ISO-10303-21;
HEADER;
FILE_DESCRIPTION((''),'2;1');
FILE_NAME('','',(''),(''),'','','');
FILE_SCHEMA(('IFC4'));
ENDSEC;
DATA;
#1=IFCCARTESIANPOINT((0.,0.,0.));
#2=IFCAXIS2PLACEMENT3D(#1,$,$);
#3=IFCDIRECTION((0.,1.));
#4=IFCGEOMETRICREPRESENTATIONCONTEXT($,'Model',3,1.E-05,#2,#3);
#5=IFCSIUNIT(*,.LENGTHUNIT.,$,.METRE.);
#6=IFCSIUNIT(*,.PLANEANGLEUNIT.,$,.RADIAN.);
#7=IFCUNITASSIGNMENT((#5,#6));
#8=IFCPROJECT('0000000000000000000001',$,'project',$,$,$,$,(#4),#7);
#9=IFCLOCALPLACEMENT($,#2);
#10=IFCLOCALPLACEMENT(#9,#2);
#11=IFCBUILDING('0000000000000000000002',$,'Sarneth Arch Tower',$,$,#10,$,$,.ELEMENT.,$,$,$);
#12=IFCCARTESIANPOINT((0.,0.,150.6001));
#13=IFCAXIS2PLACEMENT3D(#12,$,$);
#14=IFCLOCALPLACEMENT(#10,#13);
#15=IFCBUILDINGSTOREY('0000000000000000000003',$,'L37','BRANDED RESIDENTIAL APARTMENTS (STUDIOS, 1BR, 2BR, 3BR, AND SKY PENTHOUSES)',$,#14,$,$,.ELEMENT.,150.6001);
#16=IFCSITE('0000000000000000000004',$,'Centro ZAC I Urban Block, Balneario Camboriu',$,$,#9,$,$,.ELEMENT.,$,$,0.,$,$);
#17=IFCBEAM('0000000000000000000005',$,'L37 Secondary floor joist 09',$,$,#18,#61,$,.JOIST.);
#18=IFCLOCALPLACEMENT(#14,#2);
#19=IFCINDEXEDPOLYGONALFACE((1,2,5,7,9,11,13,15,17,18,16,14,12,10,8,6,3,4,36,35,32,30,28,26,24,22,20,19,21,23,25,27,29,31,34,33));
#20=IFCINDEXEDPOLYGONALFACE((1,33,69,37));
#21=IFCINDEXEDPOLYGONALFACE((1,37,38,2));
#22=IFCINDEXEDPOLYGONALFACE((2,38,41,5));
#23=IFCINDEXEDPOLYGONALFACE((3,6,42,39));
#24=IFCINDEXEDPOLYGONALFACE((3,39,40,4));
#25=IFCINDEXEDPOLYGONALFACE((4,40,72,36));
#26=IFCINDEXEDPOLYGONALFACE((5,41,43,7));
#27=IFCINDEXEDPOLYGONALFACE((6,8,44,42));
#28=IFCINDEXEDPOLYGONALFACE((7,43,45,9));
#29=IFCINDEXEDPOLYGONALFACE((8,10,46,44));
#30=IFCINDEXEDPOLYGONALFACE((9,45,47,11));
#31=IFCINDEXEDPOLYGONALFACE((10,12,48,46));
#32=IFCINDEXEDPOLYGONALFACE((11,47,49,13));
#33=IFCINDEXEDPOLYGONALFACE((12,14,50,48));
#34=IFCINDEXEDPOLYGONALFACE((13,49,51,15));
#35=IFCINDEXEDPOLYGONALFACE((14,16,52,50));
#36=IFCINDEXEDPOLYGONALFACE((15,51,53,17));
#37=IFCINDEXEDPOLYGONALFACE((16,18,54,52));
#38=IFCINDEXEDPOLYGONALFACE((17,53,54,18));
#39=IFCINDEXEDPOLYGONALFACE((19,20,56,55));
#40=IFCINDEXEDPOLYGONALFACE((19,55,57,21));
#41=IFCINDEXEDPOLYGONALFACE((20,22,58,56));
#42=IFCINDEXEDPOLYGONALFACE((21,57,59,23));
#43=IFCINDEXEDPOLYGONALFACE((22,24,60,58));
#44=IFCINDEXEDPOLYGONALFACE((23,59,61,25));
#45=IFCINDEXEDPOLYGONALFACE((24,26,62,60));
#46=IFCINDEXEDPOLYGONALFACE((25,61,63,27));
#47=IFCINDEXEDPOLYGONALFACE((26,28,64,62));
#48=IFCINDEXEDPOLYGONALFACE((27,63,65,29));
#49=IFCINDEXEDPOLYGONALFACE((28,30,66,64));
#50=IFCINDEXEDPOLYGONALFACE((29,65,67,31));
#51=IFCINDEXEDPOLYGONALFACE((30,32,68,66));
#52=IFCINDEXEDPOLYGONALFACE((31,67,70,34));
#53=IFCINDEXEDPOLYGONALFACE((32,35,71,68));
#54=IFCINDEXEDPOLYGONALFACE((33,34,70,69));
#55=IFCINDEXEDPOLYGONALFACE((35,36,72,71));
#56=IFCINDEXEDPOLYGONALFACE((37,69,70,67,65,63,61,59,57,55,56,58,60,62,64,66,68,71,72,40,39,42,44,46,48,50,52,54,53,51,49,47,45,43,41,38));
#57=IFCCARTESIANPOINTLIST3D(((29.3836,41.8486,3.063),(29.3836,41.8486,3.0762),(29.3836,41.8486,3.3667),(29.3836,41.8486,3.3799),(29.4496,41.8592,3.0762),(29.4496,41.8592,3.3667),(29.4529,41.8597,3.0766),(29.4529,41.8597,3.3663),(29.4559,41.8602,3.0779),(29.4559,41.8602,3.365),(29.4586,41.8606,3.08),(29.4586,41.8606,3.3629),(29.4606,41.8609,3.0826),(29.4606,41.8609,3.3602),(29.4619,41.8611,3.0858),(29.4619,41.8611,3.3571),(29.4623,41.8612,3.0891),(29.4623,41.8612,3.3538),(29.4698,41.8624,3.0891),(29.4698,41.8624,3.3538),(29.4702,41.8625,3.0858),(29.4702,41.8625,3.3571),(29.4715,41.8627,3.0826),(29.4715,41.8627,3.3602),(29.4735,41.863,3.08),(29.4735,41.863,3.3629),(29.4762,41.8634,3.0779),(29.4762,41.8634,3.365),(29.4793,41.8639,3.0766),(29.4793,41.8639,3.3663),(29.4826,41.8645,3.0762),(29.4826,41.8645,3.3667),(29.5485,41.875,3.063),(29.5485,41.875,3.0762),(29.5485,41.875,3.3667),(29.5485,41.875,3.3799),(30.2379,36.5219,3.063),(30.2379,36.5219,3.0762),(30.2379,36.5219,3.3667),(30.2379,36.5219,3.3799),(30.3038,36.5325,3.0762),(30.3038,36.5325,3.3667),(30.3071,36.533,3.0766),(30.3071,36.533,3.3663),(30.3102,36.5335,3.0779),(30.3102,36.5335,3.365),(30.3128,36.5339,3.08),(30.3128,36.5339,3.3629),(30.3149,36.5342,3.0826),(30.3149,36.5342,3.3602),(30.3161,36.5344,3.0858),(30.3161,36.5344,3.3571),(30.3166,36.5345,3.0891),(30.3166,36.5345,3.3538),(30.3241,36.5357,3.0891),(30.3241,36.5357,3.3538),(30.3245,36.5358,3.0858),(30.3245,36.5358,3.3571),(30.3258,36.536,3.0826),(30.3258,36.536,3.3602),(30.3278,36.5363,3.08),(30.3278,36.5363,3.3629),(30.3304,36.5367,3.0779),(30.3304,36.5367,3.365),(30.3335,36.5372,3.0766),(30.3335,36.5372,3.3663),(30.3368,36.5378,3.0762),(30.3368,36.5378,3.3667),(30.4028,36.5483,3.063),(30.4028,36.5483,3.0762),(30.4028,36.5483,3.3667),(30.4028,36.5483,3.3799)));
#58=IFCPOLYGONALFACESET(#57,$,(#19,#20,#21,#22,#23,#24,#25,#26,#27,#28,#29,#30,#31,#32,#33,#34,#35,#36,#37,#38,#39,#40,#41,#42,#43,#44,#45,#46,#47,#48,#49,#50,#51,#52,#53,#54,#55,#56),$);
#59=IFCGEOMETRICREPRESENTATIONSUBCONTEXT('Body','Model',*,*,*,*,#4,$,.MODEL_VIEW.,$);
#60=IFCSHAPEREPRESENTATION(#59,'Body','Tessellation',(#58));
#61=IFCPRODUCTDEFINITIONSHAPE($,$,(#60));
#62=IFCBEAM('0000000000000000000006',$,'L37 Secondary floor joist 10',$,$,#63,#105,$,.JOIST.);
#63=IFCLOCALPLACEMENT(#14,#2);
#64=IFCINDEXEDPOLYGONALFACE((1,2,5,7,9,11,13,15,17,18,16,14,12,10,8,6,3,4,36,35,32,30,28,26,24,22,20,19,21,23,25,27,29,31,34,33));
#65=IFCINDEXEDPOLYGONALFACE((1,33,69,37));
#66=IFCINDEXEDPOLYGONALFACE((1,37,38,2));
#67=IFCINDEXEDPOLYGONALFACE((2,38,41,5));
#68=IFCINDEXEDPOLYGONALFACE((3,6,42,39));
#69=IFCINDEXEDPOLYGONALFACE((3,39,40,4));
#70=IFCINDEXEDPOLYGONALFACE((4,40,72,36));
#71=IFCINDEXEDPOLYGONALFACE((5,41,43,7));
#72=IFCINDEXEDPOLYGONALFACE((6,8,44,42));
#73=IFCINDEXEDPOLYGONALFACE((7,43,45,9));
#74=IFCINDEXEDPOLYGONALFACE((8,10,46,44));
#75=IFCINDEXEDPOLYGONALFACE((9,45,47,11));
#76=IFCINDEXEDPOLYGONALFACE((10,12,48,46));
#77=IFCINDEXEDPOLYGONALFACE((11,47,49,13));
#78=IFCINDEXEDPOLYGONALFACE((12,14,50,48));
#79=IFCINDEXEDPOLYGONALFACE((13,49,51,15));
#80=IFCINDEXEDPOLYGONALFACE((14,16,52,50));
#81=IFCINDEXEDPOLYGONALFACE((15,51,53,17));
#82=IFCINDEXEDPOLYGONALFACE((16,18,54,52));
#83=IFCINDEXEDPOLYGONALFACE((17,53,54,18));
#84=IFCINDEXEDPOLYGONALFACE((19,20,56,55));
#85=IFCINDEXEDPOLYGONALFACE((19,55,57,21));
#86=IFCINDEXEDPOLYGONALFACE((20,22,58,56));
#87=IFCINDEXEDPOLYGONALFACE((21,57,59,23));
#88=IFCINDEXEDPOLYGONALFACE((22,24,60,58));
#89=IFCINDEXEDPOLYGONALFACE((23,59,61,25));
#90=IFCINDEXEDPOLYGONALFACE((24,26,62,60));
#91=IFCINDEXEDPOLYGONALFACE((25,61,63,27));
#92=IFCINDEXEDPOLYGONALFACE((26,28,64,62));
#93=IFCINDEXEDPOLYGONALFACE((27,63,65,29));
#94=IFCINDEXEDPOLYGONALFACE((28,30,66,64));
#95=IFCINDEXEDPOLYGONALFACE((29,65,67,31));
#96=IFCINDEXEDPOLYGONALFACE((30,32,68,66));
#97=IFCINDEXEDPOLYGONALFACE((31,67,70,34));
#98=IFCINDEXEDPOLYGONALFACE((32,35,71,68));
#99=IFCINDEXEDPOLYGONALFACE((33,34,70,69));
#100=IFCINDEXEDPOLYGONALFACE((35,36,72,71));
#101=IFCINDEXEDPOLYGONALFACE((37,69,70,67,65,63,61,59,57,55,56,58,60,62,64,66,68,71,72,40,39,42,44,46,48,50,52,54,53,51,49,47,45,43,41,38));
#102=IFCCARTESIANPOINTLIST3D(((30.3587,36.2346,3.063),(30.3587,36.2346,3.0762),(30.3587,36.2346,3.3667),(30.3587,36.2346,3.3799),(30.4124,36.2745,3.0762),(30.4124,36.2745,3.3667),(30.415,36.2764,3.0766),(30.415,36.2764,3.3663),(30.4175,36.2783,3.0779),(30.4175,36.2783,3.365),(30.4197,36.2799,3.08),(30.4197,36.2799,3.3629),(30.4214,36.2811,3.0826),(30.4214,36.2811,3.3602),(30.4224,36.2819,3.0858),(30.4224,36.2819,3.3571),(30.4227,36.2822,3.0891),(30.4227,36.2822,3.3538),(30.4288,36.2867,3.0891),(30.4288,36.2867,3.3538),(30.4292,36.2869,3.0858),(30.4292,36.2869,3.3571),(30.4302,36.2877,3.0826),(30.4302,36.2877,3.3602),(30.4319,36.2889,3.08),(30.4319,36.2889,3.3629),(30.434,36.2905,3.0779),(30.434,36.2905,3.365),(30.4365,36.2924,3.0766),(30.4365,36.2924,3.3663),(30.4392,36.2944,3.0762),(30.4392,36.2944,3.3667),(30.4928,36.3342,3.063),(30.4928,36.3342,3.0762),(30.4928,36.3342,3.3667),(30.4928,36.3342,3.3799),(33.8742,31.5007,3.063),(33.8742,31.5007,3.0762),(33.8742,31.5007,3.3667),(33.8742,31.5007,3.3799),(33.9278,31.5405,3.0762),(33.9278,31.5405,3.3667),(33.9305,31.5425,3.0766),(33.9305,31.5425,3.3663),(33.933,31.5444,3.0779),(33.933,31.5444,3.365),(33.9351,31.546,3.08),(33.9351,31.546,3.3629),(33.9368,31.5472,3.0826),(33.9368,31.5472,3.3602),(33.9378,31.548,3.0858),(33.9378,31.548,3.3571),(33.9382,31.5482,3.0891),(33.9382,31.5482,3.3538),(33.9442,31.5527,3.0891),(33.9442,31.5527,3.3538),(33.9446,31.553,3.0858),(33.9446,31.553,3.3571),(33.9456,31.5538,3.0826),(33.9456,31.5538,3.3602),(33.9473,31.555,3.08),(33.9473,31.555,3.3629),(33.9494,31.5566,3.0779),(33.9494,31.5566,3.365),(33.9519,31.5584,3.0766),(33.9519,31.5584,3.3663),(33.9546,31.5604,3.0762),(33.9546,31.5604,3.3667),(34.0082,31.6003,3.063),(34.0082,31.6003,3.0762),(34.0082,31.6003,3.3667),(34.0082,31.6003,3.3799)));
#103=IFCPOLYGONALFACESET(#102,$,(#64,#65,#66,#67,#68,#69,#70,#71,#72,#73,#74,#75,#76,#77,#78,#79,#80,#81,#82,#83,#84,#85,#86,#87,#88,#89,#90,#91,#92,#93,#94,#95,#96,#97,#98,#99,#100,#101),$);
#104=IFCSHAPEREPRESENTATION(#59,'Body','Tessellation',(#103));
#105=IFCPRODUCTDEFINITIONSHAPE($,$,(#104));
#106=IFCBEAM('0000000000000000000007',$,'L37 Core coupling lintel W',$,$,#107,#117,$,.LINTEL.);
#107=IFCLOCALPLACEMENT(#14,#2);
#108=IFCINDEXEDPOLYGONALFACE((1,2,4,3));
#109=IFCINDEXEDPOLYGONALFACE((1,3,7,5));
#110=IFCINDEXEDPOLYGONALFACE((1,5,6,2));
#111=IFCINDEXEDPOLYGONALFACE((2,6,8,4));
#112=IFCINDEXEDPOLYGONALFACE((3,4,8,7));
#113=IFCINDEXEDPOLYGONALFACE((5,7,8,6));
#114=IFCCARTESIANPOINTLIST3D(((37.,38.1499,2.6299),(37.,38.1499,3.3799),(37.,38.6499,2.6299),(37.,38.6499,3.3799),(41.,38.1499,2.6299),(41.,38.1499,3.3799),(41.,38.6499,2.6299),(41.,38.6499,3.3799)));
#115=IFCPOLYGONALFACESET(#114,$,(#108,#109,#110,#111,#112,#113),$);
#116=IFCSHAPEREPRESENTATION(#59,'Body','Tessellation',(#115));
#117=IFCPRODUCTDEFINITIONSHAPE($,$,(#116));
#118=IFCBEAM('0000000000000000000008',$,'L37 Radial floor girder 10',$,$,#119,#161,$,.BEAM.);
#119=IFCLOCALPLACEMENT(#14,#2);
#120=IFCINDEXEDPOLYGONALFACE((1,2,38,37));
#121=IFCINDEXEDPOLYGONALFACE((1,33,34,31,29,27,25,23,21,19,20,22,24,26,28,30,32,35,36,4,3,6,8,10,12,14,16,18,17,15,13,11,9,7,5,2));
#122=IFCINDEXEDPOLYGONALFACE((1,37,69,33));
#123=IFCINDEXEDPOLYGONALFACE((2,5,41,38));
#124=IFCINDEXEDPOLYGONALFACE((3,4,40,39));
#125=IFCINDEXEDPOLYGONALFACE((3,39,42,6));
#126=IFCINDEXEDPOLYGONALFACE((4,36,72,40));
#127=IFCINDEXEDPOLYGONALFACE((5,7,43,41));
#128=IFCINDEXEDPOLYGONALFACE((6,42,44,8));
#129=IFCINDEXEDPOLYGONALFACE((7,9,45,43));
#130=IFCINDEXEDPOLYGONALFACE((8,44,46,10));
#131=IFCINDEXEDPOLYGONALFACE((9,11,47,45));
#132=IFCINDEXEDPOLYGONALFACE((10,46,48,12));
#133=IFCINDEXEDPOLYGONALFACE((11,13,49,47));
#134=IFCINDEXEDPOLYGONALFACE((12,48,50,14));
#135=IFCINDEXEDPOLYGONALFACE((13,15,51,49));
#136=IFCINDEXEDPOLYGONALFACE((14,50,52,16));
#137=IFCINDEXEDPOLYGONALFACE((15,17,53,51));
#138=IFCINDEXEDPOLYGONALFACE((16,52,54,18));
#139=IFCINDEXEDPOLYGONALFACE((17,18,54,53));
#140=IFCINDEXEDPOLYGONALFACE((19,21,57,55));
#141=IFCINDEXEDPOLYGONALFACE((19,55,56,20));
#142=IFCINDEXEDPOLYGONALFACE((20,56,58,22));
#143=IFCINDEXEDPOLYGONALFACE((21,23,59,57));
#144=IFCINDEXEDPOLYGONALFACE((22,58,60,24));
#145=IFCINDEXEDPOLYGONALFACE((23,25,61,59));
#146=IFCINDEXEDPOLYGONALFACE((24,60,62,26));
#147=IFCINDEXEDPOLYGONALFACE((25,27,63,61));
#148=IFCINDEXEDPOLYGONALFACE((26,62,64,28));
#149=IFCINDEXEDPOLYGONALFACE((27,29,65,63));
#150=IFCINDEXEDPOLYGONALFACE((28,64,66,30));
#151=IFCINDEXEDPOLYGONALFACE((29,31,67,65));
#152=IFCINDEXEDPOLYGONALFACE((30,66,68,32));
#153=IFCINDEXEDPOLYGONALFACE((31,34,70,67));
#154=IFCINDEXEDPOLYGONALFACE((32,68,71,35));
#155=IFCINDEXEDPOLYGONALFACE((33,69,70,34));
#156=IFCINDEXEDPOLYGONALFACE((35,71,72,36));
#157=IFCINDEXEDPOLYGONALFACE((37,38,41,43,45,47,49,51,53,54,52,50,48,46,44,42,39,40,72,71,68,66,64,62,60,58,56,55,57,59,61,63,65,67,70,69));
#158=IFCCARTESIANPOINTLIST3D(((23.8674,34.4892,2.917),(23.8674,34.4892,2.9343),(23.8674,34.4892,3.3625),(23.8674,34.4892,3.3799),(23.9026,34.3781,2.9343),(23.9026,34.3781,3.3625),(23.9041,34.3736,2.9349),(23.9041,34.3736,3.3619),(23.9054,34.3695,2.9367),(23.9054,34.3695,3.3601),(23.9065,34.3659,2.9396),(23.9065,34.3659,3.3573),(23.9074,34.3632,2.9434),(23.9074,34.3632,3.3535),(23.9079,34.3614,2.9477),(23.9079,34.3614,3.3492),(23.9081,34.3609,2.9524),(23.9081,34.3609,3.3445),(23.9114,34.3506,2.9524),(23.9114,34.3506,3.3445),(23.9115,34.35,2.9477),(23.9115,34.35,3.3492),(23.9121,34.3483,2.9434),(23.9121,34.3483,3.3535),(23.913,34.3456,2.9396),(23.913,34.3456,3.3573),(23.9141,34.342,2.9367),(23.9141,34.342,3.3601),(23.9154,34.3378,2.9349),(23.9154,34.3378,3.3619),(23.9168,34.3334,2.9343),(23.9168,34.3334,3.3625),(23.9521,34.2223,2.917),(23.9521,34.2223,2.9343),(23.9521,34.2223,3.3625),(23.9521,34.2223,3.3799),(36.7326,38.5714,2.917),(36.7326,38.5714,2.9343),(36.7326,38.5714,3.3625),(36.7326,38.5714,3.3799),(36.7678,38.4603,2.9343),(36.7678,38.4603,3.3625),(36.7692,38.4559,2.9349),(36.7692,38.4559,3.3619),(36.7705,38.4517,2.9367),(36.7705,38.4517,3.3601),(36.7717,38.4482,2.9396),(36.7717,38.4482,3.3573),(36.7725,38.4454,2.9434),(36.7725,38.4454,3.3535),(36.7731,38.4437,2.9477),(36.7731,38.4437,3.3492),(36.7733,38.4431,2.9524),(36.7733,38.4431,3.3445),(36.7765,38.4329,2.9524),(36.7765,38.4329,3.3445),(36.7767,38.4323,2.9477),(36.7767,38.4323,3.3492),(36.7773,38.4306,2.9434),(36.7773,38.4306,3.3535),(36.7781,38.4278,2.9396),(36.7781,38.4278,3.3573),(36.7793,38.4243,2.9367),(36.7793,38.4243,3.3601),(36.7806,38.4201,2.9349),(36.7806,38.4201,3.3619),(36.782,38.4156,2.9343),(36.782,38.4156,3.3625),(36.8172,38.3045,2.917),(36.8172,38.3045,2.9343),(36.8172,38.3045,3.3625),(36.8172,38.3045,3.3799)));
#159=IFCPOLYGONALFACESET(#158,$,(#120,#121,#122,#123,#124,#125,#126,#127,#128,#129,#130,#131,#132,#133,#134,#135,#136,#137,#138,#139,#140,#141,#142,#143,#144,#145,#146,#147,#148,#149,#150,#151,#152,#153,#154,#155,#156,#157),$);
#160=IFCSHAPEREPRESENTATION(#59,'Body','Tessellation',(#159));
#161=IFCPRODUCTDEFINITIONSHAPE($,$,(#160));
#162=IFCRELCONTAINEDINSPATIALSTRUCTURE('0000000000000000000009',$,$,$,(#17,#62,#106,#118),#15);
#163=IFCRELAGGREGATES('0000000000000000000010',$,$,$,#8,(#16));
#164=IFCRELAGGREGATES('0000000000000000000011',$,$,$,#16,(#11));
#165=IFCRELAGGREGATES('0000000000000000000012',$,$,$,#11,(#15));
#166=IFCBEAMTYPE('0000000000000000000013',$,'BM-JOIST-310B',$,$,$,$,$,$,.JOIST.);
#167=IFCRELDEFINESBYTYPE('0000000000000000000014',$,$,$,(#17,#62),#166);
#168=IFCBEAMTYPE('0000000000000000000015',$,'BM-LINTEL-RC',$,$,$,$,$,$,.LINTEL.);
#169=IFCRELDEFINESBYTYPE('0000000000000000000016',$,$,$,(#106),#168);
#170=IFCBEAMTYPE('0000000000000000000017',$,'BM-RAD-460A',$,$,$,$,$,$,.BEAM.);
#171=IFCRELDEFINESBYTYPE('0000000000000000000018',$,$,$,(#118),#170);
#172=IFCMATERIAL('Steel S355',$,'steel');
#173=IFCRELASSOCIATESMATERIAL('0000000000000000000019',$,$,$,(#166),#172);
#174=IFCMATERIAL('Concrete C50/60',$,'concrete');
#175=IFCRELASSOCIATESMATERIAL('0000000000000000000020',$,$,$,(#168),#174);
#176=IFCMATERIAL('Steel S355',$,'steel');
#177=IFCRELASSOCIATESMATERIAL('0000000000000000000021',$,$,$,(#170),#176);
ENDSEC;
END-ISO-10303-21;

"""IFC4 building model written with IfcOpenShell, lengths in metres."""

from ifc_helpers import new_model, si_unit, direction, frame, origin, origin_2d, place, context, subcontext, project, spatial, rectangle, i_section, extrude, material, material_profile, profile_set, type_object, element, save


model = new_model("IFC4")

# Units and contexts
model_context = context("Model", 3, precision=1e-05, world=origin(), true_north=direction((0.0, 1.0)))
body_context = subcontext(model_context, "Body", "Model", "MODEL_VIEW")
ifc_project = project(units=[si_unit("LENGTHUNIT", "METRE"), si_unit("PLANEANGLEUNIT", "RADIAN")], contexts=[model_context])

# Site, building, storey
site_placement = place(None, origin())
site = spatial("IfcSite", under=ifc_project, at=site_placement, Name="Centro ZAC I Urban Block, Balneario Camboriu", CompositionType="ELEMENT", RefElevation=0.0)
building_placement = place(site_placement, origin())
building = spatial("IfcBuilding", under=site, at=building_placement, Name="Sarneth Arch Tower", CompositionType="ELEMENT")
storey_placement = place(building_placement, frame((0.0, 0.0, 150.6001)))
storey = spatial("IfcBuildingStorey", under=building, at=storey_placement, Name="L37", Description="BRANDED RESIDENTIAL APARTMENTS (STUDIOS, 1BR, 2BR, 3BR, AND SKY PENTHOUSES)", CompositionType="ELEMENT", Elevation=150.6001)

# Beams
ifc_material_1 = material(Name="Steel S355", Category="steel")
ifc_material_profile_1 = material_profile(ifc_material_1, i_section(OverallWidth=0.167, OverallDepth=0.3169, WebThickness=0.0076, FlangeThickness=0.0132, FilletRadius=0.0129, at=origin_2d()), Name="W310x52")
ifc_profile_set_1 = profile_set([ifc_material_profile_1], Name="Steel S355")
beam_type_1 = type_object("IfcBeamType", Name="BM-JOIST-310B", PredefinedType="JOIST", material=ifc_profile_set_1)
beam_1_placement = place(storey_placement, frame((29.4661, 41.8618, 3.2214), z_axis=(0.158349, -0.987383, 0.0), x_axis=(0.987383, 0.158349, 0.0)))
element("IfcBeam", 1, at=beam_1_placement, inside=storey, type_object=beam_type_1, Name="L37 Secondary floor joist 09", PredefinedType="JOIST", context=body_context, shape_type="SweptSolid", body=[
    extrude(i_section(OverallWidth=0.167, OverallDepth=0.3169, WebThickness=0.0076, FlangeThickness=0.0132, FilletRadius=0.0129, at=origin_2d()), origin(), (0.0, 0.0, 1.0), 5.3948),
])
beam_2_placement = place(storey_placement, frame((30.4258, 36.2844, 3.2214), z_axis=(0.596191, -0.802843, 0.0), x_axis=(0.802843, 0.596191, 0.0)))
element("IfcBeam", 2, at=beam_2_placement, inside=storey, type_object=beam_type_1, Name="L37 Secondary floor joist 10", PredefinedType="JOIST", context=body_context, shape_type="SweptSolid", body=[
    extrude(i_section(OverallWidth=0.167, OverallDepth=0.3169, WebThickness=0.0076, FlangeThickness=0.0132, FilletRadius=0.0129, at=origin_2d()), origin(), (0.0, 0.0, 1.0), 5.8965),
])
ifc_material_2 = material(Name="Concrete C50/60", Category="concrete")
ifc_material_profile_2 = material_profile(ifc_material_2, rectangle(XDim=0.5, YDim=0.75, at=origin_2d()), Name="RC-500x750")
ifc_profile_set_2 = profile_set([ifc_material_profile_2], Name="Concrete C50/60")
beam_type_2 = type_object("IfcBeamType", Name="BM-LINTEL-RC", PredefinedType="LINTEL", material=ifc_profile_set_2)
beam_3_placement = place(storey_placement, frame((37.0, 38.3999, 3.0049), z_axis=(1.0, 0.0, 0.0), x_axis=(0.0, 1.0, 0.0)))
element("IfcBeam", 3, at=beam_3_placement, inside=storey, type_object=beam_type_2, Name="L37 Core coupling lintel W", PredefinedType="LINTEL", context=body_context, shape_type="SweptSolid", body=[
    extrude(rectangle(XDim=0.5, YDim=0.75, at=origin_2d()), origin(), (0.0, 0.0, 1.0), 4.0),
])
ifc_material_3 = material(Name="Steel S355", Category="steel")
ifc_material_profile_3 = material_profile(ifc_material_3, i_section(OverallWidth=0.28, OverallDepth=0.4629, WebThickness=0.0107, FlangeThickness=0.0173, FilletRadius=0.0181, at=origin_2d()), Name="W460x113")
ifc_profile_set_3 = profile_set([ifc_material_profile_3], Name="Steel S355")
beam_type_3 = type_object("IfcBeamType", Name="BM-RAD-460A", PredefinedType="BEAM", material=ifc_profile_set_3)
beam_4_placement = place(storey_placement, frame((36.7749, 38.438, 3.1484), z_axis=(-0.953165, -0.302449, 0.0), x_axis=(0.302449, -0.953165, 0.0)))
element("IfcBeam", 4, at=beam_4_placement, inside=storey, type_object=beam_type_3, Name="L37 Radial floor girder 10", PredefinedType="BEAM", context=body_context, shape_type="SweptSolid", body=[
    extrude(i_section(OverallWidth=0.28, OverallDepth=0.4629, WebThickness=0.0107, FlangeThickness=0.0173, FilletRadius=0.0181, at=origin_2d()), origin(), (0.0, 0.0, 1.0), 13.4973),
])

save(model, "model.ifc")
